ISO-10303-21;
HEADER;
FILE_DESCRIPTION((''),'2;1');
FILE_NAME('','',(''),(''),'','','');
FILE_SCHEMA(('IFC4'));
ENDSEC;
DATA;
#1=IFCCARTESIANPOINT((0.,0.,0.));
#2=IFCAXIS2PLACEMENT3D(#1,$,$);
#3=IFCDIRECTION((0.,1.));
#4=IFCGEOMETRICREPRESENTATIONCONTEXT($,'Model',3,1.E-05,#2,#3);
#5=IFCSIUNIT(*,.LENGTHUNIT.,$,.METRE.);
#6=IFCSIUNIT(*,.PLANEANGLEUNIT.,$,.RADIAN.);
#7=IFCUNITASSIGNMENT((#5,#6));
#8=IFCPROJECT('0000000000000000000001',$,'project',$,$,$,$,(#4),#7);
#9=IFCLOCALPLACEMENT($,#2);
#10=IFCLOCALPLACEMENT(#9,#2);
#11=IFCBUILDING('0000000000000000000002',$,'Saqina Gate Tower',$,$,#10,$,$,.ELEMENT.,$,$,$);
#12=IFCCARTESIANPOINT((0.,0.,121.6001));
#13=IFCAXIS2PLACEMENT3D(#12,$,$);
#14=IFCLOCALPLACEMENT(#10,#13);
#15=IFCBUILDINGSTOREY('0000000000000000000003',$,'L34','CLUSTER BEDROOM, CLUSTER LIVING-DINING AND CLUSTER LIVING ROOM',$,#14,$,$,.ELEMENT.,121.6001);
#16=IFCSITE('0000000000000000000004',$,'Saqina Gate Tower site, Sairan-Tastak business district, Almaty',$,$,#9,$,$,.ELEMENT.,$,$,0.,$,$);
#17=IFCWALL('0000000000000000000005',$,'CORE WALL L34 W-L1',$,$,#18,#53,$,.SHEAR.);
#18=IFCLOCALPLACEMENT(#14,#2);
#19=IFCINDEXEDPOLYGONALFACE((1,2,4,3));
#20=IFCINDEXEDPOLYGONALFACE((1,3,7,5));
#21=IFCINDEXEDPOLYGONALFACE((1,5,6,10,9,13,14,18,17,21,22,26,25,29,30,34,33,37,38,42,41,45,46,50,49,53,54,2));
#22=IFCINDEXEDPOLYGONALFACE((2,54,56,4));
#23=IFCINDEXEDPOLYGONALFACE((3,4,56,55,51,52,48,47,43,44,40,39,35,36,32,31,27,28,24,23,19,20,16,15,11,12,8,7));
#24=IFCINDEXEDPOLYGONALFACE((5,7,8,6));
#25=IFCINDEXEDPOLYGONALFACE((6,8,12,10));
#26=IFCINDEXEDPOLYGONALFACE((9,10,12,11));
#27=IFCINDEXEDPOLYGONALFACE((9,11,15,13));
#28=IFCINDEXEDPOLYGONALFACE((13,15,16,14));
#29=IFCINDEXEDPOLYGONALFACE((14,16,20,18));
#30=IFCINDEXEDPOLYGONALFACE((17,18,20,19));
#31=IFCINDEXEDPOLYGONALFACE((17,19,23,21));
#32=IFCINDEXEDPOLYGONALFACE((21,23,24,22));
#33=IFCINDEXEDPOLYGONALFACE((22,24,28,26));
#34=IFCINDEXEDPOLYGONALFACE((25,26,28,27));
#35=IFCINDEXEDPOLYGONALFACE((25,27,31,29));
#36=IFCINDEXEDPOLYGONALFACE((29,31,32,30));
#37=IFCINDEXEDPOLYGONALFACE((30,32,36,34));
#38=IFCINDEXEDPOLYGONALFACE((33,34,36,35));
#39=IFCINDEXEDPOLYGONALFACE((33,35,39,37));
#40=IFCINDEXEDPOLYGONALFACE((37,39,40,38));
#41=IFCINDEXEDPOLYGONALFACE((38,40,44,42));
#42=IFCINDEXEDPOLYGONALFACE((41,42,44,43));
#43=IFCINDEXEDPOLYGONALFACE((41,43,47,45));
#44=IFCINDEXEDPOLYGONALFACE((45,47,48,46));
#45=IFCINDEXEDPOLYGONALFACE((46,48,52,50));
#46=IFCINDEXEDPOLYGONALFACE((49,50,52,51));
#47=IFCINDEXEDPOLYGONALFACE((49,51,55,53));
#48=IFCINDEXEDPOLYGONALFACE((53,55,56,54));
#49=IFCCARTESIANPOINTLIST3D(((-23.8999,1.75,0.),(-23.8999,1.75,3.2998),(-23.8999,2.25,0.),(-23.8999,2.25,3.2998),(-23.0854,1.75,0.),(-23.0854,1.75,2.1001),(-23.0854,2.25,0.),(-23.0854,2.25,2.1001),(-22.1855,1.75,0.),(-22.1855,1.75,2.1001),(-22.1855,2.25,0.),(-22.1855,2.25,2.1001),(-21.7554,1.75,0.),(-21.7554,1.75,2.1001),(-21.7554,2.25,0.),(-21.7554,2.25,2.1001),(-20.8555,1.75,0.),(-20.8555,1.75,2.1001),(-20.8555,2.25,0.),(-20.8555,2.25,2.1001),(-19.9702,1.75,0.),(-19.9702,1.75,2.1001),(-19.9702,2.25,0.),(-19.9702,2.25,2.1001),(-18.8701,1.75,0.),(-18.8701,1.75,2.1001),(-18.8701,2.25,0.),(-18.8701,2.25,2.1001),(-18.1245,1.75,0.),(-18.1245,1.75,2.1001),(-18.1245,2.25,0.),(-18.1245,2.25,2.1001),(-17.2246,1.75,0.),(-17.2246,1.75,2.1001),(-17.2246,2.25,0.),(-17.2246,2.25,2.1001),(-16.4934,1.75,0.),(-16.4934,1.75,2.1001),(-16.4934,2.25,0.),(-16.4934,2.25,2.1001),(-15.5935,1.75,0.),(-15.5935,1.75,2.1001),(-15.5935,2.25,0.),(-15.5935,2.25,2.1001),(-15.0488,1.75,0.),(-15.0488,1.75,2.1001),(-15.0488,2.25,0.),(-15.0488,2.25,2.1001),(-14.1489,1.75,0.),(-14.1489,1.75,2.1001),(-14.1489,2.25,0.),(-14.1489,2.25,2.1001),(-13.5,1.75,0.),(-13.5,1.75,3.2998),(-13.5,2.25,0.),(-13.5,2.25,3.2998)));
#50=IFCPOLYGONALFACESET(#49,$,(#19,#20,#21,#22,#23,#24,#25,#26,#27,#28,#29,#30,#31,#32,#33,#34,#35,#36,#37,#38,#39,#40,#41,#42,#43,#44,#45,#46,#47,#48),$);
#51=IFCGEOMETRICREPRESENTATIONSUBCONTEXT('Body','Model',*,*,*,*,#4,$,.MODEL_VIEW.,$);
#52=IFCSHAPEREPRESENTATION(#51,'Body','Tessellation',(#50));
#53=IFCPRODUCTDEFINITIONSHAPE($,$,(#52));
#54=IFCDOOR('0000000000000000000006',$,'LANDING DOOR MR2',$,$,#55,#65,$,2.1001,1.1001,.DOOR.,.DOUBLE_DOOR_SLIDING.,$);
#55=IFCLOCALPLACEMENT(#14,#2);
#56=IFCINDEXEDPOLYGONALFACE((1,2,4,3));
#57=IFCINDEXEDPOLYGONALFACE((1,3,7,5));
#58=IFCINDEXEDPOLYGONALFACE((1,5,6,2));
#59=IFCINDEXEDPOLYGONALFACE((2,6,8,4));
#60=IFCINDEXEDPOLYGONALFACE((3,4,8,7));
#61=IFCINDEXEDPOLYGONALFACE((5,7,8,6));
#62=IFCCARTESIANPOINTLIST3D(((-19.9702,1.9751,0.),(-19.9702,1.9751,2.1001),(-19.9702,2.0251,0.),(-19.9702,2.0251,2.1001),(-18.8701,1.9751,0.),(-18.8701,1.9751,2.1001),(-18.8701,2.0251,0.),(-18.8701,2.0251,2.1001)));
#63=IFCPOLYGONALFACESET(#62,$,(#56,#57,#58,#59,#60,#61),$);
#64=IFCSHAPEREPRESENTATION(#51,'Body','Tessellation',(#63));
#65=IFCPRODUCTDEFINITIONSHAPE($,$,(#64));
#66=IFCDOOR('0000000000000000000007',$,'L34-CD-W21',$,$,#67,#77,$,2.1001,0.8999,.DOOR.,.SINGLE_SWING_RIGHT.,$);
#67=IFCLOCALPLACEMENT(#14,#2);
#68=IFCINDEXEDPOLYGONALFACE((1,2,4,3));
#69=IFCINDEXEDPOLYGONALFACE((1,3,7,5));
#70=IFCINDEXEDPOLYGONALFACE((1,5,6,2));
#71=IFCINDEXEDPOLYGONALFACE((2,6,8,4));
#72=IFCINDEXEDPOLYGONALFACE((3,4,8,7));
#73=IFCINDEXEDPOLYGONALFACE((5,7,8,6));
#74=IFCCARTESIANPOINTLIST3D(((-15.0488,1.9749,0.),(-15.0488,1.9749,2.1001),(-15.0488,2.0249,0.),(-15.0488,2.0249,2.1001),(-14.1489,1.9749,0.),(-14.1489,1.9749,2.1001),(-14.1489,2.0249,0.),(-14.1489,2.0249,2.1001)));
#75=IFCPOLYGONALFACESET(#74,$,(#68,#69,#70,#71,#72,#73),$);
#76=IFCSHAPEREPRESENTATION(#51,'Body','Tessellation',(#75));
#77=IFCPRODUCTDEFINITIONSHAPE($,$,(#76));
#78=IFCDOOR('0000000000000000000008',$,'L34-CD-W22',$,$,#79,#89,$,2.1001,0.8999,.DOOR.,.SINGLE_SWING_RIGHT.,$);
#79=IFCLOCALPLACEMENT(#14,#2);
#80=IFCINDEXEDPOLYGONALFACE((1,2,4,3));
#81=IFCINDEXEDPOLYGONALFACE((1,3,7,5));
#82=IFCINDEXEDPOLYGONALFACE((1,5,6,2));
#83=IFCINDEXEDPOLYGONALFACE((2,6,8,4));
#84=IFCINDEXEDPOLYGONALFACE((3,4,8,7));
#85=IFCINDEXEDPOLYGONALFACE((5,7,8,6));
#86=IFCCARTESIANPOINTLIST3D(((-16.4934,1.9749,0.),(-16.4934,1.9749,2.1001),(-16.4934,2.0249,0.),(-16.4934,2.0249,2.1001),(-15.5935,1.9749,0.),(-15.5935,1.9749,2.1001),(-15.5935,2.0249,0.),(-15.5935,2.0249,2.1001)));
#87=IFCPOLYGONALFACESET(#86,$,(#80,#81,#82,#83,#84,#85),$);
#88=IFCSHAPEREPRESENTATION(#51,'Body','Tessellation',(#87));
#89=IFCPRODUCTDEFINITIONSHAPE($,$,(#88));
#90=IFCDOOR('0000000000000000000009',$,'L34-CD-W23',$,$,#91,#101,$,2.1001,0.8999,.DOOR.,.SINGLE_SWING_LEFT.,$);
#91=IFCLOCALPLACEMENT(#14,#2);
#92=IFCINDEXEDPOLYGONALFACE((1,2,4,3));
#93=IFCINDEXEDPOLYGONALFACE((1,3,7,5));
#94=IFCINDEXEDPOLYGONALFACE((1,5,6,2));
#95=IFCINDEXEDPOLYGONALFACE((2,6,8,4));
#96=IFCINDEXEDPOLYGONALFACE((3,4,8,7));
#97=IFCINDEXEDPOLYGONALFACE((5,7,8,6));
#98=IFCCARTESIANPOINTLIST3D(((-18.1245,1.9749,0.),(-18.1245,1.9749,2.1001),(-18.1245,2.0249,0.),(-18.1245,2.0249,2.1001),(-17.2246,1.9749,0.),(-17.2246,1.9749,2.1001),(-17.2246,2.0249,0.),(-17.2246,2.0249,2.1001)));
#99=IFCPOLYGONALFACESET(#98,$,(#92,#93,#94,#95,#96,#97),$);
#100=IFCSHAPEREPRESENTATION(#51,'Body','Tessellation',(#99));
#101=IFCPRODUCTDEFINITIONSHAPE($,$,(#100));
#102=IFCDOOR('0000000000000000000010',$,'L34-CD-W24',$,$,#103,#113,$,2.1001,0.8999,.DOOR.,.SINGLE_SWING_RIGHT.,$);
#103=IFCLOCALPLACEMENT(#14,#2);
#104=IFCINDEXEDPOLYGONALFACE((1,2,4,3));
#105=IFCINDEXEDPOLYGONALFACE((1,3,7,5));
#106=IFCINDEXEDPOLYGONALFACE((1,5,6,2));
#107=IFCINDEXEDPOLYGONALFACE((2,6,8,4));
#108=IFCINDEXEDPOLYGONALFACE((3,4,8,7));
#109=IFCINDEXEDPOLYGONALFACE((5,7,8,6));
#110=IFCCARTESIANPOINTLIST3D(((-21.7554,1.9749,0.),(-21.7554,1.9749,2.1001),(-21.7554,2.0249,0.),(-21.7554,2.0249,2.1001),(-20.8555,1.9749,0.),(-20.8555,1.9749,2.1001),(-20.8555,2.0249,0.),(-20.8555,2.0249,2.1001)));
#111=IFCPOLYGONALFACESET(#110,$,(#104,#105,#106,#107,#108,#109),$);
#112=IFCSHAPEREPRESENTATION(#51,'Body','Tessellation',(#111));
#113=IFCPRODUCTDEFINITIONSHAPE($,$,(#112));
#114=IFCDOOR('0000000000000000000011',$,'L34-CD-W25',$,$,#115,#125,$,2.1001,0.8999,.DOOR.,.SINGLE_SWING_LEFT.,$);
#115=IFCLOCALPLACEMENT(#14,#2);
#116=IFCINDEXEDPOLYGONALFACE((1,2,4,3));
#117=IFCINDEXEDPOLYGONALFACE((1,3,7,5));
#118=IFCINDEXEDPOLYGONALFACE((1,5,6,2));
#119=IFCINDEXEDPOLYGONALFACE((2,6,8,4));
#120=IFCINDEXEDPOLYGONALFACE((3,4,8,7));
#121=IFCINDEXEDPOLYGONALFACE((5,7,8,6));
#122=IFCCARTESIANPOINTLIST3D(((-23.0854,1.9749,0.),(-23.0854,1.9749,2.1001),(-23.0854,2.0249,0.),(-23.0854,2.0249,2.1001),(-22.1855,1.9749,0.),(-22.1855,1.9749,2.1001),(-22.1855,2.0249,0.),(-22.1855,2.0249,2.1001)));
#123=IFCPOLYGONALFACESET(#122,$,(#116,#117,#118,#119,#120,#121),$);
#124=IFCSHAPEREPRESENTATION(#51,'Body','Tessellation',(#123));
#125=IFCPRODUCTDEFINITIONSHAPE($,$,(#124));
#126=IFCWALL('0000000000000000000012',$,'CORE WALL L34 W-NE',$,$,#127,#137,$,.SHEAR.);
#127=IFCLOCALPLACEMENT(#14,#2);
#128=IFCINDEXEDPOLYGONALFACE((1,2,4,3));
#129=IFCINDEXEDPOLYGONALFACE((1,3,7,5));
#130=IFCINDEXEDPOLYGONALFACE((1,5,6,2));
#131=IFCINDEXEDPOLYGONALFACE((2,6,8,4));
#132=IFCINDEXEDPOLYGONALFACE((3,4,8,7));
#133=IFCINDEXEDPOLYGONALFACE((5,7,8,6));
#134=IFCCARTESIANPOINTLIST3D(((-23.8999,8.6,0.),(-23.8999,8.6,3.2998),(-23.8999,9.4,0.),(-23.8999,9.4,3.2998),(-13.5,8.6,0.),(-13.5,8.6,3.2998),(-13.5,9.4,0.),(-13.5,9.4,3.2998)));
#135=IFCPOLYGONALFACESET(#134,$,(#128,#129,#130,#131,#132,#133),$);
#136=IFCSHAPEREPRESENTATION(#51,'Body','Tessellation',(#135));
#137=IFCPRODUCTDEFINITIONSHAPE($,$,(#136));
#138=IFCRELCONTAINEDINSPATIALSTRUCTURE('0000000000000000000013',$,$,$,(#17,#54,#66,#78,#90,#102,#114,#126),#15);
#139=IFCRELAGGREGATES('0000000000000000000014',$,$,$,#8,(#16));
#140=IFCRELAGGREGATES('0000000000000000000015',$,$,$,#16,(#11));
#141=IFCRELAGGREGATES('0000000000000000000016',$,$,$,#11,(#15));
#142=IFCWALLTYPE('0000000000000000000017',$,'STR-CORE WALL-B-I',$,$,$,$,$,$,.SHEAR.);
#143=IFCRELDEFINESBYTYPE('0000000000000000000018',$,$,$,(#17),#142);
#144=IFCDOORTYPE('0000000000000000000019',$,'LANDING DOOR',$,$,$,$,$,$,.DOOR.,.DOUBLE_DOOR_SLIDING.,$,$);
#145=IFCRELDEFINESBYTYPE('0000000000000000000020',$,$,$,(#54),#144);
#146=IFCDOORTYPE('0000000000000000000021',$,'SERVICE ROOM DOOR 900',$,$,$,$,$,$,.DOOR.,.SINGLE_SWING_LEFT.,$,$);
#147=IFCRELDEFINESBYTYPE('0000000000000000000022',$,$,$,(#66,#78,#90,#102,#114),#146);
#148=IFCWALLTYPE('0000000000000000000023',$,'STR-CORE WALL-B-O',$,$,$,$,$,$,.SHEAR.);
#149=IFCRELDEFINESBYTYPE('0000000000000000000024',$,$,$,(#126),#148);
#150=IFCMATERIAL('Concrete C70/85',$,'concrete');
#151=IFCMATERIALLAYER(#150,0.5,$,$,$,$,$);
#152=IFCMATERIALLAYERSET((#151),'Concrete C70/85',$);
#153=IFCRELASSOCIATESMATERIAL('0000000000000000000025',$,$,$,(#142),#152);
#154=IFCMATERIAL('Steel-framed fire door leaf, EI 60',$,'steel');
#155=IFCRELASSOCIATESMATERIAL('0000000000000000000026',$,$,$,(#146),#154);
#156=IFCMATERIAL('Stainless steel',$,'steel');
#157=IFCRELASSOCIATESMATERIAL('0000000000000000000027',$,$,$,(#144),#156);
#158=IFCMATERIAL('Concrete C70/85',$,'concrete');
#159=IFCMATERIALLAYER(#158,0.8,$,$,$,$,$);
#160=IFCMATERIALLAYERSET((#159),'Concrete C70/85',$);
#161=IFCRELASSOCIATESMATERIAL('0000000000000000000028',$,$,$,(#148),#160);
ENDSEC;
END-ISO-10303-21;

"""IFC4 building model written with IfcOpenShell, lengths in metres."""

from ifc_helpers import new_model, si_unit, direction, frame, frame_2d, origin, place, context, subcontext, project, spatial, rectangle, extrude, material, layer, layer_set, type_object, element, fill, save


model = new_model("IFC4")

# Units and contexts
model_context = context("Model", 3, precision=1e-05, world=origin(), true_north=direction((0.0, 1.0)))
body_context = subcontext(model_context, "Body", "Model", "MODEL_VIEW")
ifc_project = project(units=[si_unit("LENGTHUNIT", "METRE"), si_unit("PLANEANGLEUNIT", "RADIAN")], contexts=[model_context])

# Site, building, storey
site_placement = place(None, origin())
site = spatial("IfcSite", under=ifc_project, at=site_placement, Name="Saqina Gate Tower site, Sairan-Tastak business district, Almaty", CompositionType="ELEMENT", RefElevation=0.0)
building_placement = place(site_placement, origin())
building = spatial("IfcBuilding", under=site, at=building_placement, Name="Saqina Gate Tower", CompositionType="ELEMENT")
storey_placement = place(building_placement, frame((0.0, 0.0, 121.6001)))
storey = spatial("IfcBuildingStorey", under=building, at=storey_placement, Name="L34", Description="CLUSTER BEDROOM, CLUSTER LIVING-DINING AND CLUSTER LIVING ROOM", CompositionType="ELEMENT", Elevation=121.6001)

# Shared definitions
ifc_material_1 = material(Name="Concrete C70/85", Category="concrete")
ifc_layer_1 = layer(ifc_material_1, 0.5)
ifc_layer_set_1 = layer_set([ifc_layer_1], Name="Concrete C70/85")
wall_type_1 = type_object("IfcWallType", Name="STR-CORE WALL-B-I", PredefinedType="SHEAR", material=ifc_layer_set_1)
ifc_material_2 = material(Name="Steel-framed fire door leaf, EI 60", Category="steel")
door_type_1 = type_object("IfcDoorType", Name="SERVICE ROOM DOOR 900", OperationType="SINGLE_SWING_LEFT", PredefinedType="DOOR", material=ifc_material_2)

# Wall, openings, doors
wall_1_placement = place(storey_placement, frame((-13.5, 2.0, 0.0), z_axis=(0.0, 0.0, 1.0), x_axis=(-1.0, 0.0, 0.0)))
wall_1 = element("IfcWall", 1, at=wall_1_placement, inside=storey, type_object=wall_type_1, Name="CORE WALL L34 W-L1", PredefinedType="SHEAR", context=body_context, shape_type="SweptSolid", body=[
    extrude(rectangle(XDim=10.3999, YDim=0.5, at=frame_2d((5.2, 0.0))), origin(), (0.0, 0.0, 1.0), 3.2998),
])
opening_1_placement = place(wall_1_placement, frame((5.3701, 0.0, 0.0)))
opening_1 = element("IfcOpeningElement", 2, at=opening_1_placement, cuts=wall_1, PredefinedType="OPENING", context=body_context, shape_type="SweptSolid", body=[
    extrude(rectangle(XDim=1.1001, YDim=2.1001, at=frame_2d((0.55, 1.05))), frame((0.0, 0.262, 0.0), z_axis=(0.0, -1.0, 0.0), x_axis=(1.0, 0.0, 0.0)), (0.0, 0.0, 1.0), 0.5239),
])
opening_2_placement = place(wall_1_placement, frame((0.6489, 0.0, 0.0)))
opening_2 = element("IfcOpeningElement", 3, at=opening_2_placement, cuts=wall_1, PredefinedType="OPENING", context=body_context, shape_type="SweptSolid", body=[
    extrude(rectangle(XDim=0.8999, YDim=2.1001, at=frame_2d((0.45, 1.05))), frame((0.0, 0.262, 0.0), z_axis=(0.0, -1.0, 0.0), x_axis=(1.0, 0.0, 0.0)), (0.0, 0.0, 1.0), 0.5239),
])
opening_3_placement = place(wall_1_placement, frame((2.0935, 0.0, 0.0)))
opening_3 = element("IfcOpeningElement", 4, at=opening_3_placement, cuts=wall_1, PredefinedType="OPENING", context=body_context, shape_type="SweptSolid", body=[
    extrude(rectangle(XDim=0.8999, YDim=2.1001, at=frame_2d((0.45, 1.05))), frame((0.0, 0.262, 0.0), z_axis=(0.0, -1.0, 0.0), x_axis=(1.0, 0.0, 0.0)), (0.0, 0.0, 1.0), 0.5239),
])
opening_4_placement = place(wall_1_placement, frame((3.7246, 0.0, 0.0)))
opening_4 = element("IfcOpeningElement", 5, at=opening_4_placement, cuts=wall_1, PredefinedType="OPENING", context=body_context, shape_type="SweptSolid", body=[
    extrude(rectangle(XDim=0.8999, YDim=2.1001, at=frame_2d((0.45, 1.05))), frame((0.0, 0.262, 0.0), z_axis=(0.0, -1.0, 0.0), x_axis=(1.0, 0.0, 0.0)), (0.0, 0.0, 1.0), 0.5239),
])
opening_5_placement = place(wall_1_placement, frame((7.3555, 0.0, 0.0)))
opening_5 = element("IfcOpeningElement", 6, at=opening_5_placement, cuts=wall_1, PredefinedType="OPENING", context=body_context, shape_type="SweptSolid", body=[
    extrude(rectangle(XDim=0.8999, YDim=2.1001, at=frame_2d((0.45, 1.05))), frame((0.0, 0.262, 0.0), z_axis=(0.0, -1.0, 0.0), x_axis=(1.0, 0.0, 0.0)), (0.0, 0.0, 1.0), 0.5239),
])
opening_6_placement = place(wall_1_placement, frame((8.6855, 0.0, 0.0)))
opening_6 = element("IfcOpeningElement", 7, at=opening_6_placement, cuts=wall_1, PredefinedType="OPENING", context=body_context, shape_type="SweptSolid", body=[
    extrude(rectangle(XDim=0.8999, YDim=2.1001, at=frame_2d((0.45, 1.05))), frame((0.0, 0.262, 0.0), z_axis=(0.0, -1.0, 0.0), x_axis=(1.0, 0.0, 0.0)), (0.0, 0.0, 1.0), 0.5239),
])
ifc_material_3 = material(Name="Stainless steel", Category="steel")
door_type_2 = type_object("IfcDoorType", Name="LANDING DOOR", OperationType="DOUBLE_DOOR_SLIDING", PredefinedType="DOOR", material=ifc_material_3)
door_1_placement = place(opening_1_placement, origin())
door_1 = element("IfcDoor", 8, at=door_1_placement, inside=storey, type_object=door_type_2, Name="LANDING DOOR MR2", OperationType="DOUBLE_DOOR_SLIDING", OverallHeight=2.1001, OverallWidth=1.1001, PredefinedType="DOOR", context=body_context, shape_type="SweptSolid", body=[
    extrude(rectangle(XDim=1.1001, YDim=2.1001, at=frame_2d((0.55, 1.05))), frame((0.0, 0.0249, 0.0), z_axis=(0.0, -1.0, 0.0), x_axis=(1.0, 0.0, 0.0)), (0.0, 0.0, 1.0), 0.05),
])
fill(opening_1, door_1)
door_2_placement = place(opening_2_placement, frame((0.8999, 0.0, 0.0), z_axis=(0.0, 0.0, 1.0), x_axis=(-1.0, 0.0, 0.0)))
door_2 = element("IfcDoor", 9, at=door_2_placement, inside=storey, type_object=door_type_1, Name="L34-CD-W21", OperationType="SINGLE_SWING_RIGHT", OverallHeight=2.1001, OverallWidth=0.8999, PredefinedType="DOOR", context=body_context, shape_type="SweptSolid", body=[
    extrude(rectangle(XDim=0.8999, YDim=2.1001, at=frame_2d((0.45, 1.05))), frame((0.0, 0.0249, 0.0), z_axis=(0.0, -1.0, 0.0), x_axis=(1.0, 0.0, 0.0)), (0.0, 0.0, 1.0), 0.05),
])
fill(opening_2, door_2)
door_3_placement = place(opening_3_placement, frame((0.8999, 0.0, 0.0), z_axis=(0.0, 0.0, 1.0), x_axis=(-1.0, 0.0, 0.0)))
door_3 = element("IfcDoor", 10, at=door_3_placement, inside=storey, type_object=door_type_1, Name="L34-CD-W22", OperationType="SINGLE_SWING_RIGHT", OverallHeight=2.1001, OverallWidth=0.8999, PredefinedType="DOOR", context=body_context, shape_type="SweptSolid", body=[
    extrude(rectangle(XDim=0.8999, YDim=2.1001, at=frame_2d((0.45, 1.05))), frame((0.0, 0.0249, 0.0), z_axis=(0.0, -1.0, 0.0), x_axis=(1.0, 0.0, 0.0)), (0.0, 0.0, 1.0), 0.05),
])
fill(opening_3, door_3)
door_4_placement = place(opening_4_placement, frame((0.8999, 0.0, 0.0), z_axis=(0.0, 0.0, 1.0), x_axis=(-1.0, 0.0, 0.0)))
door_4 = element("IfcDoor", 11, at=door_4_placement, inside=storey, type_object=door_type_1, Name="L34-CD-W23", OperationType="SINGLE_SWING_LEFT", OverallHeight=2.1001, OverallWidth=0.8999, PredefinedType="DOOR", context=body_context, shape_type="SweptSolid", body=[
    extrude(rectangle(XDim=0.8999, YDim=2.1001, at=frame_2d((0.45, 1.05))), frame((0.0, 0.0249, 0.0), z_axis=(0.0, -1.0, 0.0), x_axis=(1.0, 0.0, 0.0)), (0.0, 0.0, 1.0), 0.05),
])
fill(opening_4, door_4)
door_5_placement = place(opening_5_placement, frame((0.8999, 0.0, 0.0), z_axis=(0.0, 0.0, 1.0), x_axis=(-1.0, 0.0, 0.0)))
door_5 = element("IfcDoor", 12, at=door_5_placement, inside=storey, type_object=door_type_1, Name="L34-CD-W24", OperationType="SINGLE_SWING_RIGHT", OverallHeight=2.1001, OverallWidth=0.8999, PredefinedType="DOOR", context=body_context, shape_type="SweptSolid", body=[
    extrude(rectangle(XDim=0.8999, YDim=2.1001, at=frame_2d((0.45, 1.05))), frame((0.0, 0.0249, 0.0), z_axis=(0.0, -1.0, 0.0), x_axis=(1.0, 0.0, 0.0)), (0.0, 0.0, 1.0), 0.05),
])
fill(opening_5, door_5)
door_6_placement = place(opening_6_placement, frame((0.8999, 0.0, 0.0), z_axis=(0.0, 0.0, 1.0), x_axis=(-1.0, 0.0, 0.0)))
door_6 = element("IfcDoor", 13, at=door_6_placement, inside=storey, type_object=door_type_1, Name="L34-CD-W25", OperationType="SINGLE_SWING_LEFT", OverallHeight=2.1001, OverallWidth=0.8999, PredefinedType="DOOR", context=body_context, shape_type="SweptSolid", body=[
    extrude(rectangle(XDim=0.8999, YDim=2.1001, at=frame_2d((0.45, 1.05))), frame((0.0, 0.0249, 0.0), z_axis=(0.0, -1.0, 0.0), x_axis=(1.0, 0.0, 0.0)), (0.0, 0.0, 1.0), 0.05),
])
fill(opening_6, door_6)

# Wall
ifc_material_4 = material(Name="Concrete C70/85", Category="concrete")
ifc_layer_2 = layer(ifc_material_4, 0.8)
ifc_layer_set_2 = layer_set([ifc_layer_2], Name="Concrete C70/85")
wall_type_2 = type_object("IfcWallType", Name="STR-CORE WALL-B-O", PredefinedType="SHEAR", material=ifc_layer_set_2)
wall_2_placement = place(storey_placement, frame((-13.5, 9.0, 0.0), z_axis=(0.0, 0.0, 1.0), x_axis=(-1.0, 0.0, 0.0)))
element("IfcWall", 14, at=wall_2_placement, inside=storey, type_object=wall_type_2, Name="CORE WALL L34 W-NE", PredefinedType="SHEAR", context=body_context, shape_type="SweptSolid", body=[
    extrude(rectangle(XDim=10.3999, YDim=0.8, at=frame_2d((5.2, 0.0))), origin(), (0.0, 0.0, 1.0), 3.2998),
])

save(model, "model.ifc")
